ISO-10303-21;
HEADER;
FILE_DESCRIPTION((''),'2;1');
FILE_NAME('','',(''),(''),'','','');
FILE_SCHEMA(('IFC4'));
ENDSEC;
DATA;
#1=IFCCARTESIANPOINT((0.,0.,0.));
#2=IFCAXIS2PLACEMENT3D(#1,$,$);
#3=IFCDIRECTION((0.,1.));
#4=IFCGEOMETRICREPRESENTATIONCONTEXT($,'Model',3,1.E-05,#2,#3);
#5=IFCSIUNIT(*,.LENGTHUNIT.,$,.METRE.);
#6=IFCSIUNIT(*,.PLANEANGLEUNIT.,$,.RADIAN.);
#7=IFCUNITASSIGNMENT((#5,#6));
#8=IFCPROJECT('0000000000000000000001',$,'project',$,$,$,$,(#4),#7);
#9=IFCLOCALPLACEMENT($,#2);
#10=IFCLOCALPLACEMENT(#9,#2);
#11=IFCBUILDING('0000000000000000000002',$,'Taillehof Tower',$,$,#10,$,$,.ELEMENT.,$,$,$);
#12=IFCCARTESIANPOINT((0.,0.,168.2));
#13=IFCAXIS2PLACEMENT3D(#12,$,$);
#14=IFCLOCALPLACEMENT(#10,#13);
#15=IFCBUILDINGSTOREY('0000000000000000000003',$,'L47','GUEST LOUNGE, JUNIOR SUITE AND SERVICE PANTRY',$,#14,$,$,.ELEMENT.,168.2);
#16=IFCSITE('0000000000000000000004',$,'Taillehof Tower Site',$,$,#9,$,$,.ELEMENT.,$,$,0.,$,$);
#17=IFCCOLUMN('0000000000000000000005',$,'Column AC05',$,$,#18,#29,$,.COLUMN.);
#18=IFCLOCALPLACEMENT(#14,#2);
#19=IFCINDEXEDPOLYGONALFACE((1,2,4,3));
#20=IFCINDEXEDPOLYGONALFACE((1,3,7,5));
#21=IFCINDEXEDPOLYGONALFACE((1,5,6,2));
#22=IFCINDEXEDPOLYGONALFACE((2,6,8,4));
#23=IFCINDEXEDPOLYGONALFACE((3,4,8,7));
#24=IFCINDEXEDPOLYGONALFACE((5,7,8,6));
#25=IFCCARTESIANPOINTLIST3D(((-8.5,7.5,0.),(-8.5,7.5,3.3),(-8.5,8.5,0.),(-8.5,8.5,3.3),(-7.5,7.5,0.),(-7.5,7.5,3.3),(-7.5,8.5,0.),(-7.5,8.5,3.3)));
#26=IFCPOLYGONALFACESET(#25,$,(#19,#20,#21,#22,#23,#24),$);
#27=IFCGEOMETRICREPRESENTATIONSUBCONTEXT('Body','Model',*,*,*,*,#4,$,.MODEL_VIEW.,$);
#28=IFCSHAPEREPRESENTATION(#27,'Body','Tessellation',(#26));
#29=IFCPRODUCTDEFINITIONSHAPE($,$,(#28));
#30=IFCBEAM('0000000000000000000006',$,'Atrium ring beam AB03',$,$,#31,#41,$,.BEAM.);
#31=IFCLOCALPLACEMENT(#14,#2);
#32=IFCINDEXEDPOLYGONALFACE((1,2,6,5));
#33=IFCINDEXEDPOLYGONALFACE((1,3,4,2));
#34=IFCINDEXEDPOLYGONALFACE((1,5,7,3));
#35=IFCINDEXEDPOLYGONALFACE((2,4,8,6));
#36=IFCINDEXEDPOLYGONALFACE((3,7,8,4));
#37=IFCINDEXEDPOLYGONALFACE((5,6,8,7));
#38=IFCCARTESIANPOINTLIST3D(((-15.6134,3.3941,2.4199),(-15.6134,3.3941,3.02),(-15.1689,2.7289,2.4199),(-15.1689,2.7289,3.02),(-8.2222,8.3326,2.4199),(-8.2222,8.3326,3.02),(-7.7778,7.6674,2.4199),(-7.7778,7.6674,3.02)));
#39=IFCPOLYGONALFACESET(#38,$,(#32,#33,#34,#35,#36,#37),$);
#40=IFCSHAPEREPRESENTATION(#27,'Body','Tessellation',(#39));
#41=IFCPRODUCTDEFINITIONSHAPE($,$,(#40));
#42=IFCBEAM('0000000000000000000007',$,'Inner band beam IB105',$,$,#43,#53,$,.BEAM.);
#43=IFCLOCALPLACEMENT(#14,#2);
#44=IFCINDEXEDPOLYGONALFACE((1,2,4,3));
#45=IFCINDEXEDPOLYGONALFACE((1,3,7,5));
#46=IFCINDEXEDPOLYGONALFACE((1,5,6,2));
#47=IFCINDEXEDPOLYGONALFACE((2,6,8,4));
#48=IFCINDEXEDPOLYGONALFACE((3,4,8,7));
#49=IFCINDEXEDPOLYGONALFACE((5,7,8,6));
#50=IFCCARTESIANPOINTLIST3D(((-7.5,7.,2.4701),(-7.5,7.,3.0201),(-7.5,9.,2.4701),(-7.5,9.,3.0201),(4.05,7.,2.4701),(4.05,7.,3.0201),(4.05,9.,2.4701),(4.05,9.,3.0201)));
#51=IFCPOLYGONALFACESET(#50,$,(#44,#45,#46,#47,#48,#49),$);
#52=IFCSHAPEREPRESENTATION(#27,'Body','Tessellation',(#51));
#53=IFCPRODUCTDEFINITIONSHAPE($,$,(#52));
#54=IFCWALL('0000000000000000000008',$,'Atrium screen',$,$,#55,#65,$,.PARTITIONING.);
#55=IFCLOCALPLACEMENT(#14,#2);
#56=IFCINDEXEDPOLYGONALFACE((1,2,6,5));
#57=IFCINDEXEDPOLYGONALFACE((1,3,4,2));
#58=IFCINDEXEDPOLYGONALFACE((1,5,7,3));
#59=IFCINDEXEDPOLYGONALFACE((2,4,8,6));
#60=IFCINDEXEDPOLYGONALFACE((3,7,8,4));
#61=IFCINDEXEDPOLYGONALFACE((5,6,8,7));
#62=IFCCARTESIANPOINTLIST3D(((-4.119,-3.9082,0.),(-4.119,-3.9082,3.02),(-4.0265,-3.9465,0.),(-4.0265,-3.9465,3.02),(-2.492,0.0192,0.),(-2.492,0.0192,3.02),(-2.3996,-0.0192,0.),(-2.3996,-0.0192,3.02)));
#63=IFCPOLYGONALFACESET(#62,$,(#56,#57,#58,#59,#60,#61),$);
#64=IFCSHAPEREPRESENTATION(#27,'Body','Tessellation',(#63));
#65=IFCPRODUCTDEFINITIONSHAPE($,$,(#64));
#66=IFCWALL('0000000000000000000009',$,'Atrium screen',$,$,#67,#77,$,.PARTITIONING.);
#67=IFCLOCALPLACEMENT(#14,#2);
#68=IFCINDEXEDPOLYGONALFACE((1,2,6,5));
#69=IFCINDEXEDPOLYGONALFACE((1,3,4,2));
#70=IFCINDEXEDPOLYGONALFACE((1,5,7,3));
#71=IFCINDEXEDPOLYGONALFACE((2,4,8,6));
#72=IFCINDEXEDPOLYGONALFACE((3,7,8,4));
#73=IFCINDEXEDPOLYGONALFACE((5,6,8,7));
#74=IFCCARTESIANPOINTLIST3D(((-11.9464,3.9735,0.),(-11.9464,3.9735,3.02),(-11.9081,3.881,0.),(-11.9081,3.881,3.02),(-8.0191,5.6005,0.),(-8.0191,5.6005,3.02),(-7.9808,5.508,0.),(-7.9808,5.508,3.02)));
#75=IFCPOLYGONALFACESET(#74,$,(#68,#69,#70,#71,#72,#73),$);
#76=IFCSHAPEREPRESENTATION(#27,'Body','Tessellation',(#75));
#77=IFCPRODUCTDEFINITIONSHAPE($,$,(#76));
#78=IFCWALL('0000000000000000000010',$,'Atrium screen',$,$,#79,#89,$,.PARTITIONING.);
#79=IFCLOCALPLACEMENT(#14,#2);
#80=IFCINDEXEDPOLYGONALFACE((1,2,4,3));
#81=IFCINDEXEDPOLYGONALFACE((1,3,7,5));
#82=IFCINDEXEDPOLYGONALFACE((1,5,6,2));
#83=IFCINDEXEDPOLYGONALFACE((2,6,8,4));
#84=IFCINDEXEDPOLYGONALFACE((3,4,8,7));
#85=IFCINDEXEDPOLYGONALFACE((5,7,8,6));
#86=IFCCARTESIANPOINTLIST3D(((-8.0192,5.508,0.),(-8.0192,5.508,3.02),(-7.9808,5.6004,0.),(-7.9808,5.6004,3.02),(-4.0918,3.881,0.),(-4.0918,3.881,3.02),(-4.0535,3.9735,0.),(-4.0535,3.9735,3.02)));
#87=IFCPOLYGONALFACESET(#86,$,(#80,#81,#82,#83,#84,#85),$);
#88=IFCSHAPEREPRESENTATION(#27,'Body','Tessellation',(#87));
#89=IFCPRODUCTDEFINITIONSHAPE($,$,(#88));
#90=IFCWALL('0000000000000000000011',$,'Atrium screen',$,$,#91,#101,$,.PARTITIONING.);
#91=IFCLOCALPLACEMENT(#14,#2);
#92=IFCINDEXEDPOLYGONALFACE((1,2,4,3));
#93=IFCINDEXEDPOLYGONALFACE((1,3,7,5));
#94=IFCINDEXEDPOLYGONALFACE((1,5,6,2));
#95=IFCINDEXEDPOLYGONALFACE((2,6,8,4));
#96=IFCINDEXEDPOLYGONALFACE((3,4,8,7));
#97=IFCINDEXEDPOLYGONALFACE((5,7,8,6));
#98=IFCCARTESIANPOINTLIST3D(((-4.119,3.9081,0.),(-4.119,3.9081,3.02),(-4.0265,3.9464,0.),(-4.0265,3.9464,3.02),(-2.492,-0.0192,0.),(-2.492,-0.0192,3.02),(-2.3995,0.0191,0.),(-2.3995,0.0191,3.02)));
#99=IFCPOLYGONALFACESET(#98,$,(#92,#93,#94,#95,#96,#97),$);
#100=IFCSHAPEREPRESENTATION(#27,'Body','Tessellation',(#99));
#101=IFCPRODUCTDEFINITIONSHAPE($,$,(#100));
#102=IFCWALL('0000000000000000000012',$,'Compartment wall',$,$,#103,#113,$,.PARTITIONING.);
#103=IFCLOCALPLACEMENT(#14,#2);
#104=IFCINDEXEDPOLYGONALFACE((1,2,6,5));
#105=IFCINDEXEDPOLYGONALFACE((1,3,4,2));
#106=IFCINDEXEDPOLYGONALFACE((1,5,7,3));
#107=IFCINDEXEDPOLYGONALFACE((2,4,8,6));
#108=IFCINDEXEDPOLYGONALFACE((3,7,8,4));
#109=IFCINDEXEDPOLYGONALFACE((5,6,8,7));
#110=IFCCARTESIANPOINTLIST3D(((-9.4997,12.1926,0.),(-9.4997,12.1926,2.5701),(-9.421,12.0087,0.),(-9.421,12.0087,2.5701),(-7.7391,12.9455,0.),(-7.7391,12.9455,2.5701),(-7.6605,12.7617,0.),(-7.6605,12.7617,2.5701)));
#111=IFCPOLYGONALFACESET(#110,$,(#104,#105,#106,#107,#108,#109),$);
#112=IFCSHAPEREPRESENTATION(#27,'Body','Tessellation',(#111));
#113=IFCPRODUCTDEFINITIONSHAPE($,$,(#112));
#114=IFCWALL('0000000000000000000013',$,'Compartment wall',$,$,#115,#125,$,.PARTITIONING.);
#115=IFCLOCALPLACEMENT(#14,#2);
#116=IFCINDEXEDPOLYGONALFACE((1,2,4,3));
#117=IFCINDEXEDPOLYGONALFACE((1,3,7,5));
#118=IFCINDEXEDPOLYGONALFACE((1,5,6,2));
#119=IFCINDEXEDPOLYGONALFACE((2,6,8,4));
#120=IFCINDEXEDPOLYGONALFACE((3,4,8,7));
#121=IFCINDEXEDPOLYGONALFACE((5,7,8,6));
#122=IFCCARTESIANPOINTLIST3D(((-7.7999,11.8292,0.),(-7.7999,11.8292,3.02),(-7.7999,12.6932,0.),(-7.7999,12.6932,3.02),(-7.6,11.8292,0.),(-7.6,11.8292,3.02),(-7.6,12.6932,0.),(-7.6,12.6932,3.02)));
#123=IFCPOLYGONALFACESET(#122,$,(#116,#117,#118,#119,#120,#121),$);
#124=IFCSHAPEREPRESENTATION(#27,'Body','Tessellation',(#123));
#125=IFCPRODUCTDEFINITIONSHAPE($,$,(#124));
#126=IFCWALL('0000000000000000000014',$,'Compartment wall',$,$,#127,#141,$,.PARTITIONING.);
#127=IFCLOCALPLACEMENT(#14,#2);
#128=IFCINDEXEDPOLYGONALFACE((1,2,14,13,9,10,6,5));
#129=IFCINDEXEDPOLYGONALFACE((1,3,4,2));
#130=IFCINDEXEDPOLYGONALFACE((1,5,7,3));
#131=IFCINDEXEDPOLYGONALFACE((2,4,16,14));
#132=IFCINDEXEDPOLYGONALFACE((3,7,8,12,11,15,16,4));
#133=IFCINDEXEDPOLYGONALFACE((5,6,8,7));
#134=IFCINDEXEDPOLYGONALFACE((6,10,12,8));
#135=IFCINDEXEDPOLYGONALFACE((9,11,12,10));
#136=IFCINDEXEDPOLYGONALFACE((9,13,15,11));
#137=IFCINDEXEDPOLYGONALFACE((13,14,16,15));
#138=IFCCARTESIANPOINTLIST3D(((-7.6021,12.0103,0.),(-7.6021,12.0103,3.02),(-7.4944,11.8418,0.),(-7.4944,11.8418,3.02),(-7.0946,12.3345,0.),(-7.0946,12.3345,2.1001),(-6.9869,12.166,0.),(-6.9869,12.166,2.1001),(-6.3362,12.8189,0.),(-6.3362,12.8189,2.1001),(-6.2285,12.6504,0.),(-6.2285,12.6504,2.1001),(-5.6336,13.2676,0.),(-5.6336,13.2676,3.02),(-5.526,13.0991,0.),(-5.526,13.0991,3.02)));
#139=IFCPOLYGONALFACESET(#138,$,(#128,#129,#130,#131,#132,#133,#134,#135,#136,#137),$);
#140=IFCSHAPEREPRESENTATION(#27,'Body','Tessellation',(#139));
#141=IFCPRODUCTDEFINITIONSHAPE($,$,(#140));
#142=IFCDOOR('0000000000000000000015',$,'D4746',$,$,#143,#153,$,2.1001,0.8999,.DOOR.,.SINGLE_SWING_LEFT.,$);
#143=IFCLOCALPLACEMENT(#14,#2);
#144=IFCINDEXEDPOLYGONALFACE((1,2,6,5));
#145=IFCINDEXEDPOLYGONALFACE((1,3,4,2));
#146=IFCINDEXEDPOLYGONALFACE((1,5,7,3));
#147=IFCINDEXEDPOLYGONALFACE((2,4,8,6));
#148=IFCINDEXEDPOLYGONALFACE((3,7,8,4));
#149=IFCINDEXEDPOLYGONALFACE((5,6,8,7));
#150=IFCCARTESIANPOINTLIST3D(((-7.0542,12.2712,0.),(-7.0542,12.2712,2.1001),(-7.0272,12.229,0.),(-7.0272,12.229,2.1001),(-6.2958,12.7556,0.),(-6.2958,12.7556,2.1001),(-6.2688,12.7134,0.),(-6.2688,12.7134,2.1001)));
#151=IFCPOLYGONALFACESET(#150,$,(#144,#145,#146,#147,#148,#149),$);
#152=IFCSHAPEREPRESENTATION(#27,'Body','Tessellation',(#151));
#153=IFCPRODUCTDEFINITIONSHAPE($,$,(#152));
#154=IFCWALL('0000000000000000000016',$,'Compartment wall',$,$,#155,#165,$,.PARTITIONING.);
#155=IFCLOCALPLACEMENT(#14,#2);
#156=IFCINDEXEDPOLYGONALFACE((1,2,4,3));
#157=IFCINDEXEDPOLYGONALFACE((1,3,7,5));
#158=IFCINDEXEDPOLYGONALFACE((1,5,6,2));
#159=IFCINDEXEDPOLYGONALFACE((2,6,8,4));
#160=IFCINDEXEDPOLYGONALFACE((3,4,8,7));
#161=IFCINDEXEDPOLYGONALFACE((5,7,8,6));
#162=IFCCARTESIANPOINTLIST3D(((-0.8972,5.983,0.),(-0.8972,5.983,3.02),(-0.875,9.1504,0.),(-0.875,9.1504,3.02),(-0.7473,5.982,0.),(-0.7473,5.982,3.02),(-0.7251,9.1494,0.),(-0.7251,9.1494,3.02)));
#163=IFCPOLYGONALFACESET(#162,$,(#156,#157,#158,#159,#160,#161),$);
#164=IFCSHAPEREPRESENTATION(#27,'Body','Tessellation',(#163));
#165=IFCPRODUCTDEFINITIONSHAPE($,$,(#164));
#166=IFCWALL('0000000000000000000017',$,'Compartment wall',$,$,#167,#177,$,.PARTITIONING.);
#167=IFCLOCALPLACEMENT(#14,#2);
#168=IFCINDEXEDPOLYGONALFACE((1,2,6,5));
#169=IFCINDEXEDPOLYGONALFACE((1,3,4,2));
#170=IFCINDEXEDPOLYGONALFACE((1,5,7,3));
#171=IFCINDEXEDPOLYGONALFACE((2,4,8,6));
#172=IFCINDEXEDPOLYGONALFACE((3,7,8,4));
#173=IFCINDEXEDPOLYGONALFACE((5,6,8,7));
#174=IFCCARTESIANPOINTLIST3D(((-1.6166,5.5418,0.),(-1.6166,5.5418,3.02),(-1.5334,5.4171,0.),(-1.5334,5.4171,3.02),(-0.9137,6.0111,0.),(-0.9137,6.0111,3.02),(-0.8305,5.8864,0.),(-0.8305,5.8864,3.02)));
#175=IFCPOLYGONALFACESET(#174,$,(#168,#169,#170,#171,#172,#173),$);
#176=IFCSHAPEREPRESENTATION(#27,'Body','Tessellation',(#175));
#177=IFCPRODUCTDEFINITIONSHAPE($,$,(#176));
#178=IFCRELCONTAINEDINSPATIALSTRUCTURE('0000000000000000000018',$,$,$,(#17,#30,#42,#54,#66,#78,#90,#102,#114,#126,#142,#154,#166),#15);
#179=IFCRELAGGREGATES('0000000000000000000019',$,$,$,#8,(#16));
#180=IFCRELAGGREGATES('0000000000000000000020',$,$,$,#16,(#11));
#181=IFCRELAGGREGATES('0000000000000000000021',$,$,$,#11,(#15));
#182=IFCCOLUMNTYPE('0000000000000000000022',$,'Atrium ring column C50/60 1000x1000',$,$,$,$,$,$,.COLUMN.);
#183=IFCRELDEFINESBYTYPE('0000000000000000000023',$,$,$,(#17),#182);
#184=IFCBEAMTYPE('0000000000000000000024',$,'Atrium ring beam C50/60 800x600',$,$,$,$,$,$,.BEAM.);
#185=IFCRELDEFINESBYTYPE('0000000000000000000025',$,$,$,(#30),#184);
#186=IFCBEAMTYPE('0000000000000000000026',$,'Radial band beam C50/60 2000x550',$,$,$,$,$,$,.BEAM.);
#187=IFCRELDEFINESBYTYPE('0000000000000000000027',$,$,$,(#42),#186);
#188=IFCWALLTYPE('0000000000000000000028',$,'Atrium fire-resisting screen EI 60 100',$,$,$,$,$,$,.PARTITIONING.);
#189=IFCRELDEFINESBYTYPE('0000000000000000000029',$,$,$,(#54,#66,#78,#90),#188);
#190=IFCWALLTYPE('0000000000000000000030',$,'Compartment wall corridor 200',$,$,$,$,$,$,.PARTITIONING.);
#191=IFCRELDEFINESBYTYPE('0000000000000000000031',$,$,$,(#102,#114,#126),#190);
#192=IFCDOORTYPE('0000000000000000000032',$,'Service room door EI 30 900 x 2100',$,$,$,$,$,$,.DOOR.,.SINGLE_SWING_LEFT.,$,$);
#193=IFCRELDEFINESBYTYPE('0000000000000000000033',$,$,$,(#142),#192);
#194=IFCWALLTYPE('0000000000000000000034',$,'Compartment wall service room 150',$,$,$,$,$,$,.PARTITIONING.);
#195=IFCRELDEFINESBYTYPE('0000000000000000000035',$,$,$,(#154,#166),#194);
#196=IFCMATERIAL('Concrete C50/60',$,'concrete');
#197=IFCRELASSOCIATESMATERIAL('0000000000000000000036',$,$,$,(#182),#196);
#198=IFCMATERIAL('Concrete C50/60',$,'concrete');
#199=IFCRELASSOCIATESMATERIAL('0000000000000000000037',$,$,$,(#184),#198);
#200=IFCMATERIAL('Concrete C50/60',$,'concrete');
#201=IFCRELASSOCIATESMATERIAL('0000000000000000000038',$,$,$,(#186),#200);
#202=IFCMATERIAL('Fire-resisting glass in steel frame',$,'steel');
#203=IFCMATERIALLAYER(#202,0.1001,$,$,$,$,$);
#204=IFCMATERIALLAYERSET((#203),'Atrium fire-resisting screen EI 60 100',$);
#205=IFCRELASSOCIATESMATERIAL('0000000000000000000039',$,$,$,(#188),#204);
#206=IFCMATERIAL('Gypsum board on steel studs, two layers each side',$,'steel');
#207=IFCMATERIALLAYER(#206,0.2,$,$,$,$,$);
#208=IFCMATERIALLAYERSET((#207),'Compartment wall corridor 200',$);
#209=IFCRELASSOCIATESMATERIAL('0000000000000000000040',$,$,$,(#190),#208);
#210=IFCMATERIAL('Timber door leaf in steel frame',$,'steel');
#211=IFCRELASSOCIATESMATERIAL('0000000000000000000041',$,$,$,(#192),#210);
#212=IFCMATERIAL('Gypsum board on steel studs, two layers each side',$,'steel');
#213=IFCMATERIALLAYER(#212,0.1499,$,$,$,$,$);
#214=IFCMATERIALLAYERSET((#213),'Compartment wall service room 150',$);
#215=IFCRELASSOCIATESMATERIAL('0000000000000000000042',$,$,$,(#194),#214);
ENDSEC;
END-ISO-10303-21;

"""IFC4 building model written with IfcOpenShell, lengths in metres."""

from ifc_helpers import new_model, si_unit, direction, frame, frame_2d, origin, origin_2d, place, context, subcontext, project, spatial, rectangle, extrude, material, layer, layer_set, material_profile, profile_set, type_object, element, fill, save


model = new_model("IFC4")

# Units and contexts
model_context = context("Model", 3, precision=1e-05, world=origin(), true_north=direction((0.0, 1.0)))
body_context = subcontext(model_context, "Body", "Model", "MODEL_VIEW")
ifc_project = project(units=[si_unit("LENGTHUNIT", "METRE"), si_unit("PLANEANGLEUNIT", "RADIAN")], contexts=[model_context])

# Site, building, storey
site_placement = place(None, origin())
site = spatial("IfcSite", under=ifc_project, at=site_placement, Name="Taillehof Tower Site", CompositionType="ELEMENT", RefElevation=0.0)
building_placement = place(site_placement, origin())
building = spatial("IfcBuilding", under=site, at=building_placement, Name="Taillehof Tower", CompositionType="ELEMENT")
storey_placement = place(building_placement, frame((0.0, 0.0, 168.2)))
storey = spatial("IfcBuildingStorey", under=building, at=storey_placement, Name="L47", Description="GUEST LOUNGE, JUNIOR SUITE AND SERVICE PANTRY", CompositionType="ELEMENT", Elevation=168.2)

# Column
ifc_material_1 = material(Name="Concrete C50/60", Category="concrete")
ifc_material_profile_1 = material_profile(ifc_material_1, rectangle(XDim=1.0, YDim=1.0, at=origin_2d()), Name="RC 1000x1000")
ifc_profile_set_1 = profile_set([ifc_material_profile_1], Name="Concrete C50/60")
column_type = type_object("IfcColumnType", Name="Atrium ring column C50/60 1000x1000", PredefinedType="COLUMN", material=ifc_profile_set_1)
column_placement = place(storey_placement, frame((-8.0, 8.0, 0.0), z_axis=(0.0, 0.0, 1.0), x_axis=(1.0, 0.0, 0.0)))
element("IfcColumn", 1, at=column_placement, inside=storey, type_object=column_type, Name="Column AC05", PredefinedType="COLUMN", context=body_context, shape_type="SweptSolid", body=[
    extrude(rectangle(XDim=1.0, YDim=1.0, at=origin_2d()), origin(), (0.0, 0.0, 1.0), 3.3),
])

# Beams
ifc_material_2 = material(Name="Concrete C50/60", Category="concrete")
ifc_material_profile_2 = material_profile(ifc_material_2, rectangle(XDim=0.8, YDim=0.6001, at=origin_2d()), Name="RC 800x600")
ifc_profile_set_2 = profile_set([ifc_material_profile_2], Name="Concrete C50/60")
beam_type_1 = type_object("IfcBeamType", Name="Atrium ring beam C50/60 800x600", PredefinedType="BEAM", material=ifc_profile_set_2)
beam_1_placement = place(storey_placement, frame((-8.0, 8.0, 2.72), z_axis=(-0.831475, -0.555562, 0.0), x_axis=(0.555562, -0.831475, 0.0)))
element("IfcBeam", 2, at=beam_1_placement, inside=storey, type_object=beam_type_1, Name="Atrium ring beam AB03", PredefinedType="BEAM", context=body_context, shape_type="SweptSolid", body=[
    extrude(rectangle(XDim=0.8, YDim=0.6001, at=origin_2d()), origin(), (0.0, 0.0, 1.0), 8.8892),
])
ifc_material_3 = material(Name="Concrete C50/60", Category="concrete")
ifc_material_profile_3 = material_profile(ifc_material_3, rectangle(XDim=2.0, YDim=0.55, at=origin_2d()), Name="RC 2000x550")
ifc_profile_set_3 = profile_set([ifc_material_profile_3], Name="Concrete C50/60")
beam_type_2 = type_object("IfcBeamType", Name="Radial band beam C50/60 2000x550", PredefinedType="BEAM", material=ifc_profile_set_3)
beam_2_placement = place(storey_placement, frame((-7.5, 8.0, 2.7451), z_axis=(1.0, 0.0, 0.0), x_axis=(0.0, 1.0, 0.0)))
element("IfcBeam", 3, at=beam_2_placement, inside=storey, type_object=beam_type_2, Name="Inner band beam IB105", PredefinedType="BEAM", context=body_context, shape_type="SweptSolid", body=[
    extrude(rectangle(XDim=2.0, YDim=0.55, at=origin_2d()), origin(), (0.0, 0.0, 1.0), 11.55),
])

# Walls
ifc_material_4 = material(Name="Fire-resisting glass in steel frame", Category="steel")
ifc_layer_1 = layer(ifc_material_4, 0.1001)
ifc_layer_set_1 = layer_set([ifc_layer_1], Name="Atrium fire-resisting screen EI 60 100")
wall_type_1 = type_object("IfcWallType", Name="Atrium fire-resisting screen EI 60 100", PredefinedType="PARTITIONING", material=ifc_layer_set_1)
for number, where, z_axis, x_axis, name in (
    (4, (-2.4458, 0.0, 0.0), (0.0, 0.0, 1.0), (-0.382731, -0.92386, 0.0), "Atrium screen"),
    (5, (-11.9272, 3.9272, 0.0), (0.0, 0.0, 1.0), (0.92386, 0.382731, 0.0), "Atrium screen"),
    (6, (-8.0, 5.5542, 0.0), (0.0, 0.0, 1.0), (0.92386, -0.382731, 0.0), "Atrium screen"),
    (7, (-4.0728, 3.9272, 0.0), (0.0, 0.0, 1.0), (0.382731, -0.92386, 0.0), "Atrium screen"),
):
    element("IfcWall", number, at=place(storey_placement, frame(where, z_axis=z_axis, x_axis=x_axis)), inside=storey, type_object=wall_type_1, Name=name, PredefinedType="PARTITIONING", context=body_context, shape_type="SweptSolid", body=[
        extrude(rectangle(XDim=4.251, YDim=0.1001, at=frame_2d((2.1255, 0.0))), origin(), (0.0, 0.0, 1.0), 3.02),
    ])
ifc_material_5 = material(Name="Gypsum board on steel studs, two layers each side", Category="steel")
ifc_layer_2 = layer(ifc_material_5, 0.2)
ifc_layer_set_2 = layer_set([ifc_layer_2], Name="Compartment wall corridor 200")
wall_type_2 = type_object("IfcWallType", Name="Compartment wall corridor 200", PredefinedType="PARTITIONING", material=ifc_layer_set_2)
wall_1_placement = place(storey_placement, frame((-9.4604, 12.1006, 0.0), z_axis=(0.0, 0.0, 1.0), x_axis=(0.919442, 0.393227, 0.0)))
element("IfcWall", 8, at=wall_1_placement, inside=storey, type_object=wall_type_2, Name="Compartment wall", PredefinedType="PARTITIONING", context=body_context, shape_type="SweptSolid", body=[
    extrude(rectangle(XDim=1.9148, YDim=0.2, at=frame_2d((0.9575, 0.0))), origin(), (0.0, 0.0, 1.0), 2.5701),
])
wall_2_placement = place(storey_placement, frame((-7.7, 12.6934, 0.0), z_axis=(0.0, 0.0, 1.0), x_axis=(0.0, -1.0, 0.0)))
element("IfcWall", 9, at=wall_2_placement, inside=storey, type_object=wall_type_2, Name="Compartment wall", PredefinedType="PARTITIONING", context=body_context, shape_type="SweptSolid", body=[
    extrude(rectangle(XDim=0.864, YDim=0.2, at=frame_2d((0.4321, 0.0))), origin(), (0.0, 0.0, 1.0), 3.02),
])

# Wall, opening, door
wall_3_placement = place(storey_placement, frame((-7.5483, 11.926, 0.0), z_axis=(0.0, 0.0, 1.0), x_axis=(0.842761, 0.538288, 0.0)))
wall_3 = element("IfcWall", 10, at=wall_3_placement, inside=storey, type_object=wall_type_2, Name="Compartment wall", PredefinedType="PARTITIONING", context=body_context, shape_type="SweptSolid", body=[
    extrude(rectangle(XDim=2.3357, YDim=0.2, at=frame_2d((1.168, 0.0))), origin(), (0.0, 0.0, 1.0), 3.02),
])
opening_1_placement = place(wall_3_placement, frame((0.6023, 0.0, 0.0)))
opening_1 = element("IfcOpeningElement", 11, at=opening_1_placement, cuts=wall_3, PredefinedType="OPENING", context=body_context, shape_type="SweptSolid", body=[
    extrude(rectangle(XDim=0.8999, YDim=2.1001, at=frame_2d((0.45, 1.05))), frame((0.0, 0.1099, 0.0), z_axis=(0.0, -1.0, 0.0), x_axis=(1.0, 0.0, 0.0)), (0.0, 0.0, 1.0), 0.22),
])
ifc_material_6 = material(Name="Timber door leaf in steel frame", Category="steel")
door_type_1 = type_object("IfcDoorType", Name="Service room door EI 30 900 x 2100", OperationType="SINGLE_SWING_LEFT", PredefinedType="DOOR", material=ifc_material_6)
door_1_placement = place(opening_1_placement, origin())
door_1 = element("IfcDoor", 12, at=door_1_placement, inside=storey, type_object=door_type_1, Name="D4746", OperationType="SINGLE_SWING_LEFT", OverallHeight=2.1001, OverallWidth=0.8999, PredefinedType="DOOR", context=body_context, shape_type="SweptSolid", body=[
    extrude(rectangle(XDim=0.8999, YDim=2.1001, at=frame_2d((0.45, 1.05))), frame((0.0, 0.0249, 0.0), z_axis=(0.0, -1.0, 0.0), x_axis=(1.0, 0.0, 0.0)), (0.0, 0.0, 1.0), 0.05),
])
fill(opening_1, door_1)

# Walls
ifc_material_7 = material(Name="Gypsum board on steel studs, two layers each side", Category="steel")
ifc_layer_3 = layer(ifc_material_7, 0.1499)
ifc_layer_set_3 = layer_set([ifc_layer_3], Name="Compartment wall service room 150")
wall_type_3 = type_object("IfcWallType", Name="Compartment wall service room 150", PredefinedType="PARTITIONING", material=ifc_layer_set_3)
wall_4_placement = place(storey_placement, frame((-0.8, 9.1499, 0.0), z_axis=(0.0, 0.0, 1.0), x_axis=(-0.007014, -0.999975, 0.0)))
element("IfcWall", 13, at=wall_4_placement, inside=storey, type_object=wall_type_3, Name="Compartment wall", PredefinedType="PARTITIONING", context=body_context, shape_type="SweptSolid", body=[
    extrude(rectangle(XDim=3.1675, YDim=0.1499, at=frame_2d((1.5837, 0.0))), origin(), (0.0, 0.0, 1.0), 3.02),
])
wall_5_placement = place(storey_placement, frame((-0.8721, 5.9487, 0.0), z_axis=(0.0, 0.0, 1.0), x_axis=(-0.831695, -0.555233, 0.0)))
element("IfcWall", 14, at=wall_5_placement, inside=storey, type_object=wall_type_3, Name="Compartment wall", PredefinedType="PARTITIONING", context=body_context, shape_type="SweptSolid", body=[
    extrude(rectangle(XDim=0.8452, YDim=0.1499, at=frame_2d((0.4226, 0.0))), origin(), (0.0, 0.0, 1.0), 3.02),
])

save(model, "model.ifc")
